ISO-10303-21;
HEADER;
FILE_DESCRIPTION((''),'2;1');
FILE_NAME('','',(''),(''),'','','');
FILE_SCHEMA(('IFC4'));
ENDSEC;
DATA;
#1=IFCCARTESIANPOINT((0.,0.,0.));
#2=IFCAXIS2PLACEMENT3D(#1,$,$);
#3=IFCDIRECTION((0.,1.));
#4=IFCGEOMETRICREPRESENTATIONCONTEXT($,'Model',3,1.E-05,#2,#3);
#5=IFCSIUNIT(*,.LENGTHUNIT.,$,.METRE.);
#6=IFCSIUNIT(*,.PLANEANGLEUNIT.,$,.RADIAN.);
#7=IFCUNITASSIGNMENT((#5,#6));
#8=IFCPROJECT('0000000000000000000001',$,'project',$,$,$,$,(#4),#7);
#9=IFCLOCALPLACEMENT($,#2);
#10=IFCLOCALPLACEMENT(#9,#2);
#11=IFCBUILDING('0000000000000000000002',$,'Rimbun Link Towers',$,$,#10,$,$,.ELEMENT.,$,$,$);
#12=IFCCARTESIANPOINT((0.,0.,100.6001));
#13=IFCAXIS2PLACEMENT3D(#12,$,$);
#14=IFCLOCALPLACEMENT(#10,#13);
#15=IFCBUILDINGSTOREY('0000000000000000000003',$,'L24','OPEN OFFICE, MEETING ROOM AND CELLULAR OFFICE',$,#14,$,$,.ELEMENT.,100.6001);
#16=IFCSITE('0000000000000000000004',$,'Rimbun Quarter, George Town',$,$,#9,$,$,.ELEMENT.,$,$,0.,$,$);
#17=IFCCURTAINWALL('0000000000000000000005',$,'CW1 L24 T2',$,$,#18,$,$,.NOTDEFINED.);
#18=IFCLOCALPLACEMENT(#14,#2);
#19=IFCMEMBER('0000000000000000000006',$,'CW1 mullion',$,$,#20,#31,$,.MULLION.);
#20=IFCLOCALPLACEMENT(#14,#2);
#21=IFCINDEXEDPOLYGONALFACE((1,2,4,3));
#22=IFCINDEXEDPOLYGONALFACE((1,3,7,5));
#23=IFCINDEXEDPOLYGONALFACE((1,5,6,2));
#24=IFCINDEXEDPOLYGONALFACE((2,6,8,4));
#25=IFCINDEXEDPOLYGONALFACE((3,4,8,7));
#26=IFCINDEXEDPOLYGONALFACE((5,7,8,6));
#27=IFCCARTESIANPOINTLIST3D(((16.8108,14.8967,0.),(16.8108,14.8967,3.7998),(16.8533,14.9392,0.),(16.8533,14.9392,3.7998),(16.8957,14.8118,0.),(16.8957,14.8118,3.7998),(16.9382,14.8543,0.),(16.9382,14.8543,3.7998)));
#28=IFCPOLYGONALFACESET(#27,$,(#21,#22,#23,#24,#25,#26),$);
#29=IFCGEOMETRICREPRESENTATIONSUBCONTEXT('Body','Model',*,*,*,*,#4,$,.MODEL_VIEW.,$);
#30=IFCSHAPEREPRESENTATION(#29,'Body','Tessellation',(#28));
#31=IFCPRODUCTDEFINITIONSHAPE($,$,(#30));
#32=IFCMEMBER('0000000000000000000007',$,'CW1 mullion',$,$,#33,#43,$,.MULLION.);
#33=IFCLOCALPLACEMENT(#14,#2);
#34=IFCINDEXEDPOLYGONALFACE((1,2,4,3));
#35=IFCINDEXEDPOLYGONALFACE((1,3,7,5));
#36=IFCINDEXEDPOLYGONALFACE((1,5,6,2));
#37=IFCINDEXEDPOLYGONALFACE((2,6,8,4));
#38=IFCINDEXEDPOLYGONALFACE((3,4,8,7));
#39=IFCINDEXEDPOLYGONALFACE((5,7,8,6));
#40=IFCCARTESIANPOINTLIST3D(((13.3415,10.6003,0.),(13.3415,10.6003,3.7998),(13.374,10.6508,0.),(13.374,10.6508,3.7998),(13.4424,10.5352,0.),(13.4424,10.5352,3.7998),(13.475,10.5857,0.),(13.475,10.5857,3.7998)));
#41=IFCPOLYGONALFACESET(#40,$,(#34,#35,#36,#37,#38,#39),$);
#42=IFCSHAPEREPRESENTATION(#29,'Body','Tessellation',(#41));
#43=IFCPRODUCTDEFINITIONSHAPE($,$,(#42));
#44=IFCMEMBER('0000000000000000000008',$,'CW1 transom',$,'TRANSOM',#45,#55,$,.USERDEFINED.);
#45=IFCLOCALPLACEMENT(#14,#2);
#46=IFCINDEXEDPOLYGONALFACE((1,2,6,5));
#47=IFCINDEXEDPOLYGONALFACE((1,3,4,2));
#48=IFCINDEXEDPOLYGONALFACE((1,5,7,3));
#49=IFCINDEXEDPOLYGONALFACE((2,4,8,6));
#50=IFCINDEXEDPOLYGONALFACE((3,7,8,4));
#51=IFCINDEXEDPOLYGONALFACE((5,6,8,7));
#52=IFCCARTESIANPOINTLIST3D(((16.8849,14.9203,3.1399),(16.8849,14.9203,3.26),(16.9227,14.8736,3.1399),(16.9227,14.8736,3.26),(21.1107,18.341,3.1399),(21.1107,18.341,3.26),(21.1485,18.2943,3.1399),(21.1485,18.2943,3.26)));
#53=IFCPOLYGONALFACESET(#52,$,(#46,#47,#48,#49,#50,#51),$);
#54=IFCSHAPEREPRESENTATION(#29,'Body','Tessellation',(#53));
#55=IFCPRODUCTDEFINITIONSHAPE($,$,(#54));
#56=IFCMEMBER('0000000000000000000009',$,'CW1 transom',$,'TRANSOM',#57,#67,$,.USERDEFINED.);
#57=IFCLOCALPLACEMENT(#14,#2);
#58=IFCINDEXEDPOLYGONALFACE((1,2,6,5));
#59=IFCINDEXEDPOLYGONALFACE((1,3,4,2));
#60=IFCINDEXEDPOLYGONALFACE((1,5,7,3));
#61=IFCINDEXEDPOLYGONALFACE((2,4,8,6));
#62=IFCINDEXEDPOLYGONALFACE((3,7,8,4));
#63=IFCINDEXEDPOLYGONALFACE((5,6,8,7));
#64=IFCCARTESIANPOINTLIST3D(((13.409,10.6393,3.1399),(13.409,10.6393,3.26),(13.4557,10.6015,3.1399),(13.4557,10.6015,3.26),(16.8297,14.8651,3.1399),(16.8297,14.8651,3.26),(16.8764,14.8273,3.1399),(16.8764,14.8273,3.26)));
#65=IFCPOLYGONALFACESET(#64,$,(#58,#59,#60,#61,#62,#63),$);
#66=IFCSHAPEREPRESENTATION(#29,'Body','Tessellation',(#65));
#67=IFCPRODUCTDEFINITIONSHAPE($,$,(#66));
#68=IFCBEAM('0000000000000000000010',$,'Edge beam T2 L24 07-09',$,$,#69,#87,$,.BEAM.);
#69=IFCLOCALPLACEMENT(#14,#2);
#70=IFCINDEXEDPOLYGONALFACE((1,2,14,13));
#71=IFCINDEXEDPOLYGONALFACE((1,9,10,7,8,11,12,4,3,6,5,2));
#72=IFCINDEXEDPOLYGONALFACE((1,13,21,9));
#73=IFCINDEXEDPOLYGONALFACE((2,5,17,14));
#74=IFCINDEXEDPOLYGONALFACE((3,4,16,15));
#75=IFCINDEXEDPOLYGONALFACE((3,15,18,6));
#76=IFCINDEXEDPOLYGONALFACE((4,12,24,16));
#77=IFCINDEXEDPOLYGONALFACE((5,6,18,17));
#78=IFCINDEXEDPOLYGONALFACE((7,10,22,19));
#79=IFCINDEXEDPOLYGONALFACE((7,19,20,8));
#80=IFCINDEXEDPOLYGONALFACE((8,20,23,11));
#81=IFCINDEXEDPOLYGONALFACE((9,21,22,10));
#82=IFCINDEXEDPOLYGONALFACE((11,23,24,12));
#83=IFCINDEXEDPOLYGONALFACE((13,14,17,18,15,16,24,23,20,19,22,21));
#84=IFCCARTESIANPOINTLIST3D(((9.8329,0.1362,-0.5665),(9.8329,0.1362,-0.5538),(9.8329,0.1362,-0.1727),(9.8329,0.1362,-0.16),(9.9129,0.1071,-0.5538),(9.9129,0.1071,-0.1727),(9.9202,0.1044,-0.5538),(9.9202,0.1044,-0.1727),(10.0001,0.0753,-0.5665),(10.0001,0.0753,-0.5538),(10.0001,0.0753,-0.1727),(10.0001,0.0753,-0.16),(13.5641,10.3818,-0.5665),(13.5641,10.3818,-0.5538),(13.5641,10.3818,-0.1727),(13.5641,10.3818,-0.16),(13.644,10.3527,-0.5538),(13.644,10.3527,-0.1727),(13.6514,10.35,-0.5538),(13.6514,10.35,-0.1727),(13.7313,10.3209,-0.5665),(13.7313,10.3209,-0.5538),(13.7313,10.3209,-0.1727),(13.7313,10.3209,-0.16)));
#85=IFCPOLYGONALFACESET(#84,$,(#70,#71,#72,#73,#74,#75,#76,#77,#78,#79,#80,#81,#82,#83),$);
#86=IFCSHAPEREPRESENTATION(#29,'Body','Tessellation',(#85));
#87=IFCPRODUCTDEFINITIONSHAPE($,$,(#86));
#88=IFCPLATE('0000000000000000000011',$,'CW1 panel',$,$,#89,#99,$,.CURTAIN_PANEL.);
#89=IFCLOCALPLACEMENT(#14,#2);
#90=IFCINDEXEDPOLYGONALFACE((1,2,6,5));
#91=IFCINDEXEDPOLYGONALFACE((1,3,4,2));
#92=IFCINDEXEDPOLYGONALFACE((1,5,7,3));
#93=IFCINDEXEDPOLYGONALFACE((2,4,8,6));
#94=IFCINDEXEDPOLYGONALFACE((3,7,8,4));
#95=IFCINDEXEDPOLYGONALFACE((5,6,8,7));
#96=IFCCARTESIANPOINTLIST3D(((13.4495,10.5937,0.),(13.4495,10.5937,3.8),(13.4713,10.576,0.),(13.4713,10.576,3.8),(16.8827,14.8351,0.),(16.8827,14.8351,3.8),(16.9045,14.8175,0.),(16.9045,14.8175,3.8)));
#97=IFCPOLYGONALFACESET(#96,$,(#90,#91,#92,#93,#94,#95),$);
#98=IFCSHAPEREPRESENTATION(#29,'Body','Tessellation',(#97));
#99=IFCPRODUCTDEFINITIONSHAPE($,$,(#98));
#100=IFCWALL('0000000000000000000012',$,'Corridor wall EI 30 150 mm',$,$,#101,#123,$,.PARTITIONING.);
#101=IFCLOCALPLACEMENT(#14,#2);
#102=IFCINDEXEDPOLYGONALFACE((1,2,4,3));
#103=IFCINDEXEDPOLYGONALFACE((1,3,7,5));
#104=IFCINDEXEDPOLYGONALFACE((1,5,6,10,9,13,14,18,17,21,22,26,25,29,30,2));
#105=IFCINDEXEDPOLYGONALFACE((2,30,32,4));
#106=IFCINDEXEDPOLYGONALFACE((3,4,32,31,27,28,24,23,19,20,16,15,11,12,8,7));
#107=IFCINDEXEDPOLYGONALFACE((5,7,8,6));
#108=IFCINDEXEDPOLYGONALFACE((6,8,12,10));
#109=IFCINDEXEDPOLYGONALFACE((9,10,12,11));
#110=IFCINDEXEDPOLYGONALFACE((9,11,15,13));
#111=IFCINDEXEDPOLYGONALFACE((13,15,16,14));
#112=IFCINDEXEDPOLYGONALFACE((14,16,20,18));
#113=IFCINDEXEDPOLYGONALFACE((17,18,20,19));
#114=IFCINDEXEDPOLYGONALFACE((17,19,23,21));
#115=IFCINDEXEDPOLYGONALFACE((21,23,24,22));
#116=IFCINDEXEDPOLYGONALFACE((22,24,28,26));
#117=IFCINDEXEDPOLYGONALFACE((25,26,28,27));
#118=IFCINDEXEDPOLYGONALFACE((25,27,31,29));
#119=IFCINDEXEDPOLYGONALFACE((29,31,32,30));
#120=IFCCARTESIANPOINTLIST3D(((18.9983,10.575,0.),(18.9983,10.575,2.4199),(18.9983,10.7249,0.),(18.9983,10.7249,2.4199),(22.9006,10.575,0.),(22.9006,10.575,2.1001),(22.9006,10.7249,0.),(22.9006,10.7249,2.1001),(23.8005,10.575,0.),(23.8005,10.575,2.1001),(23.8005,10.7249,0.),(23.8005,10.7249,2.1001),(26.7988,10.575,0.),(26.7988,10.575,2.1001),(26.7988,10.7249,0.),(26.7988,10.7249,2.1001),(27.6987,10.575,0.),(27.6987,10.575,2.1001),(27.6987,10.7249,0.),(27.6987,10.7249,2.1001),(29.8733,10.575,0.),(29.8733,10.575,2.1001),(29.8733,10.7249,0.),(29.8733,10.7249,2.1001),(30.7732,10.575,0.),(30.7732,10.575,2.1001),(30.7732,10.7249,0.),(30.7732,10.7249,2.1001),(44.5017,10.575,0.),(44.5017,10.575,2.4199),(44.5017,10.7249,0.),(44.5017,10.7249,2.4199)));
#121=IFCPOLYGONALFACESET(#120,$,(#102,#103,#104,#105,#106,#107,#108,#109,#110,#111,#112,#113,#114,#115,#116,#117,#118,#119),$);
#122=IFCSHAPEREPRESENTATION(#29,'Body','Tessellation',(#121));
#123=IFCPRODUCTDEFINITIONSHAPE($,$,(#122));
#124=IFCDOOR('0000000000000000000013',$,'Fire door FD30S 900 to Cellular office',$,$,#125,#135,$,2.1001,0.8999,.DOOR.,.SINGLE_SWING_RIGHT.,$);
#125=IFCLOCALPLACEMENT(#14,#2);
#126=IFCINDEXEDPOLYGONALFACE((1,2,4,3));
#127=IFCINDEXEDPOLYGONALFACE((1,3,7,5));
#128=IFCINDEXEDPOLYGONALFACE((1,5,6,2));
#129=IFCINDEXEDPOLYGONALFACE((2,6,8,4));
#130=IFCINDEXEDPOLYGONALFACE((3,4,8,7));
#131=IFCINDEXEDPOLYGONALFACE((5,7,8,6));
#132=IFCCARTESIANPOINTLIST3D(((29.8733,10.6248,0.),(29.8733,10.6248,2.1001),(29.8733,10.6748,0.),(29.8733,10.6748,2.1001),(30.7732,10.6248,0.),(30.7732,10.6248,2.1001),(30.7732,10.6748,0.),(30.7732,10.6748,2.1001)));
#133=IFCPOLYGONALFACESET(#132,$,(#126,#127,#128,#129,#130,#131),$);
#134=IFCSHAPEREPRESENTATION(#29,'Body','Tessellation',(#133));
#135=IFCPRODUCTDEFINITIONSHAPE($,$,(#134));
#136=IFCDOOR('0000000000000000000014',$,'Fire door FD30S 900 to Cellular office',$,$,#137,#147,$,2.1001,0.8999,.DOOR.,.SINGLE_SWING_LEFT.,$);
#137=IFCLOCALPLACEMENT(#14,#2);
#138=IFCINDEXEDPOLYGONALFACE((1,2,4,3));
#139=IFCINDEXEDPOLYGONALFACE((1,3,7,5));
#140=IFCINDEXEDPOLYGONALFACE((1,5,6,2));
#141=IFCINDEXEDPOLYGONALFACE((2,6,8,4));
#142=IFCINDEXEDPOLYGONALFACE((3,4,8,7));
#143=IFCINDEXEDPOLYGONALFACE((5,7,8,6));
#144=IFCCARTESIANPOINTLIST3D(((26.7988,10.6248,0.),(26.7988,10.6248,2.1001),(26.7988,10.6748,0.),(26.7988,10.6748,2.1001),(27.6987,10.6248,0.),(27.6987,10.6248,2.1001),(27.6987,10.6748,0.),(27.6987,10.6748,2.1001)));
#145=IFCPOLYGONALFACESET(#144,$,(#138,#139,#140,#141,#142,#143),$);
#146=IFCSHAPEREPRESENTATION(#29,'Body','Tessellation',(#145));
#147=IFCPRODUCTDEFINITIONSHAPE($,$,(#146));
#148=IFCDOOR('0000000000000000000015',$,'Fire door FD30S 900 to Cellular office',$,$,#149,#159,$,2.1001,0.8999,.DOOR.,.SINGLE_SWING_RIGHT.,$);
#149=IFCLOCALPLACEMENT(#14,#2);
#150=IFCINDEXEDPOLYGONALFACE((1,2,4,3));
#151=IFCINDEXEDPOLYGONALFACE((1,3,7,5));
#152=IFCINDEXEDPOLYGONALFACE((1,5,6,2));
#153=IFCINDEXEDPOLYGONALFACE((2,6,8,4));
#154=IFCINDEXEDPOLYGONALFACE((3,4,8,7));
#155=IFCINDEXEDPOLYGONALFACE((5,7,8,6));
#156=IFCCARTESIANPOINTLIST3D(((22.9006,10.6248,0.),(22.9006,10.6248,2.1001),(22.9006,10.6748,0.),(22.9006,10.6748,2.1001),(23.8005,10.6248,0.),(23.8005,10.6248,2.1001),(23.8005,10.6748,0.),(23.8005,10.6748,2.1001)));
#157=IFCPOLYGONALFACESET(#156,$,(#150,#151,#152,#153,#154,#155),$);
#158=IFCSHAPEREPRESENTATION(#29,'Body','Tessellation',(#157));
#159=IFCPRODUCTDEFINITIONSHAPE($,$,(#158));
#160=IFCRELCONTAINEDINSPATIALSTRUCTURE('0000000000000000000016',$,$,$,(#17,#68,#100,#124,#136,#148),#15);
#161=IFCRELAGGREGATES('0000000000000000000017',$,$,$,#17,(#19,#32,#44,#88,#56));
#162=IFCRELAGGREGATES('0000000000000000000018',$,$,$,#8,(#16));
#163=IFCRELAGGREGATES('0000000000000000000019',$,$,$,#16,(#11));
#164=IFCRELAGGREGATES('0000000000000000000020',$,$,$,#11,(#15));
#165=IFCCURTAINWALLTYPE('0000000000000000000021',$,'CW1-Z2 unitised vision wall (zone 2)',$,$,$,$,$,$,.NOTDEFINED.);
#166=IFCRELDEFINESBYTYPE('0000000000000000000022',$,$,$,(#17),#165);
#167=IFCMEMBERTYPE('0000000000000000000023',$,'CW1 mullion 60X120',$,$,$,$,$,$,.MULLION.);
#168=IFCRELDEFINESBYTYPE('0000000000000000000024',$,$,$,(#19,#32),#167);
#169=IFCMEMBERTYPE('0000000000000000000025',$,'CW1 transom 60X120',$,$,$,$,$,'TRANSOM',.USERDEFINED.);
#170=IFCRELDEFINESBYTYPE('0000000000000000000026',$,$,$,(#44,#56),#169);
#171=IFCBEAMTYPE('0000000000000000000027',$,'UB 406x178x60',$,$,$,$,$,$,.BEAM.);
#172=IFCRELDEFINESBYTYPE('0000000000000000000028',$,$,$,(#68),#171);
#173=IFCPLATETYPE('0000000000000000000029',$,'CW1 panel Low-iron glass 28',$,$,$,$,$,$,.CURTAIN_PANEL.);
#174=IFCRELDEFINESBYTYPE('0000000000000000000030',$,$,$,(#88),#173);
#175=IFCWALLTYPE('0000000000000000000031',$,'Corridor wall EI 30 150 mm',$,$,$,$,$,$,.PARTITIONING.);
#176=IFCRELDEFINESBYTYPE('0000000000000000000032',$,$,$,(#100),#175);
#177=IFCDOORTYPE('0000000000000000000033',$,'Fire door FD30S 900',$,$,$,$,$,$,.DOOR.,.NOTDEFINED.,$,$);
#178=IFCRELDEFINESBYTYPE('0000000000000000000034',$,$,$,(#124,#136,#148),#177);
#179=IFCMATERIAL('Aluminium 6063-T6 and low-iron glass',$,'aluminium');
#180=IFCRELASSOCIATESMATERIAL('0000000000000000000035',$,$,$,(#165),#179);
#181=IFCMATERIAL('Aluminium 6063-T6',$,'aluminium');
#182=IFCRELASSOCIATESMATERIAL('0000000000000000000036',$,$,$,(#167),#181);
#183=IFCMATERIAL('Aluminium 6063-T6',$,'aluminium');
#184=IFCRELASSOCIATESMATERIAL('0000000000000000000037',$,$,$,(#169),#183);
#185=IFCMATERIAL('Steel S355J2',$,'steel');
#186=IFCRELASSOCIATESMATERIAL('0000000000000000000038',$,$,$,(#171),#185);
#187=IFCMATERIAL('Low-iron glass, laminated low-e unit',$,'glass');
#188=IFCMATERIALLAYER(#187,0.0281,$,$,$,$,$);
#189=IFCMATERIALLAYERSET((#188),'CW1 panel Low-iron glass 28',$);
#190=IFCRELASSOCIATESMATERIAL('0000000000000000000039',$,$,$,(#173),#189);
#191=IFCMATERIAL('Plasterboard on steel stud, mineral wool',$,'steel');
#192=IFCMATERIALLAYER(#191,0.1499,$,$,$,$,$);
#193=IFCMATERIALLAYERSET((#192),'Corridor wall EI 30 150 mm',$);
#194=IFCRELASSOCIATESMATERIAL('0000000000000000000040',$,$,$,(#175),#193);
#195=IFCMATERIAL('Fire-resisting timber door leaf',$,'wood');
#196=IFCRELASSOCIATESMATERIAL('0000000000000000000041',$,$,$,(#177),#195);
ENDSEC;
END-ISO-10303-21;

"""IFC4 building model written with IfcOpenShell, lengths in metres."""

from ifc_helpers import new_model, si_unit, direction, frame, frame_2d, origin, origin_2d, place, context, subcontext, project, spatial, rectangle, i_section, extrude, material, layer, layer_set, material_profile, profile_set, type_object, element, fill, aggregate, save


model = new_model("IFC4")

# Units and contexts
model_context = context("Model", 3, precision=1e-05, world=origin(), true_north=direction((0.0, 1.0)))
body_context = subcontext(model_context, "Body", "Model", "MODEL_VIEW")
ifc_project = project(units=[si_unit("LENGTHUNIT", "METRE"), si_unit("PLANEANGLEUNIT", "RADIAN")], contexts=[model_context])

# Site, building, storey
site_placement = place(None, origin())
site = spatial("IfcSite", under=ifc_project, at=site_placement, Name="Rimbun Quarter, George Town", CompositionType="ELEMENT", RefElevation=0.0)
building_placement = place(site_placement, origin())
building = spatial("IfcBuilding", under=site, at=building_placement, Name="Rimbun Link Towers", CompositionType="ELEMENT")
storey_placement = place(building_placement, frame((0.0, 0.0, 100.6001)))
storey = spatial("IfcBuildingStorey", under=building, at=storey_placement, Name="L24", Description="OPEN OFFICE, MEETING ROOM AND CELLULAR OFFICE", CompositionType="ELEMENT", Elevation=100.6001)

# Curtain wall, members
ifc_material_1 = material(Name="Aluminium 6063-T6 and low-iron glass", Category="aluminium")
curtain_wall_type = type_object("IfcCurtainWallType", Name="CW1-Z2 unitised vision wall (zone 2)", PredefinedType="NOTDEFINED", material=ifc_material_1)
curtain_wall_placement = place(storey_placement, origin())
curtain_wall = element("IfcCurtainWall", 1, at=curtain_wall_placement, inside=storey, type_object=curtain_wall_type, Name="CW1 L24 T2", PredefinedType="NOTDEFINED")
ifc_material_2 = material(Name="Aluminium 6063-T6", Category="aluminium")
ifc_material_profile_1 = material_profile(ifc_material_2, rectangle(XDim=0.1201, YDim=0.0601, at=origin_2d()), Name="MULLION 60X120")
ifc_profile_set_1 = profile_set([ifc_material_profile_1], Name="Aluminium 6063-T6")
member_type_1 = type_object("IfcMemberType", Name="CW1 mullion 60X120", PredefinedType="MULLION", material=ifc_profile_set_1)
member_1_placement = place(storey_placement, frame((16.8745, 14.8755, 0.0), z_axis=(0.0, 0.0, 1.0), x_axis=(-0.707107, 0.707107, 0.0)))
member_1 = element("IfcMember", 2, at=member_1_placement, type_object=member_type_1, Name="CW1 mullion", PredefinedType="MULLION", context=body_context, shape_type="SweptSolid", body=[
    extrude(rectangle(XDim=0.1201, YDim=0.0601, at=origin_2d()), origin(), (0.0, 0.0, 1.0), 3.7998),
])
member_2_placement = place(storey_placement, frame((13.4082, 10.593, 0.0), z_axis=(0.0, 0.0, 1.0), x_axis=(-0.840314, 0.5421, 0.0)))
member_2 = element("IfcMember", 3, at=member_2_placement, type_object=member_type_1, Name="CW1 mullion", PredefinedType="MULLION", context=body_context, shape_type="SweptSolid", body=[
    extrude(rectangle(XDim=0.1201, YDim=0.0601, at=origin_2d()), origin(), (0.0, 0.0, 1.0), 3.7998),
])
ifc_material_3 = material(Name="Aluminium 6063-T6", Category="aluminium")
ifc_material_profile_2 = material_profile(ifc_material_3, rectangle(XDim=0.0601, YDim=0.1201, at=origin_2d()), Name="TRANSOM 60X120")
ifc_profile_set_2 = profile_set([ifc_material_profile_2], Name="Aluminium 6063-T6")
member_type_2 = type_object("IfcMemberType", Name="CW1 transom 60X120", ElementType="TRANSOM", PredefinedType="USERDEFINED", material=ifc_profile_set_2)
member_3_placement = place(storey_placement, frame((16.9038, 14.897, 3.2), z_axis=(0.777268, 0.62917, 0.0), x_axis=(-0.62917, 0.777268, 0.0)))
member_3 = element("IfcMember", 4, at=member_3_placement, type_object=member_type_2, Name="CW1 transom", ObjectType="TRANSOM", PredefinedType="USERDEFINED", context=body_context, shape_type="SweptSolid", body=[
    extrude(rectangle(XDim=0.0601, YDim=0.1201, at=origin_2d()), origin(), (0.0, 0.0, 1.0), 5.4368),
])
member_4_placement = place(storey_placement, frame((13.4324, 10.6204, 3.2), z_axis=(0.62917, 0.777268, 0.0), x_axis=(-0.777268, 0.62917, 0.0)))
member_4 = element("IfcMember", 5, at=member_4_placement, type_object=member_type_2, Name="CW1 transom", ObjectType="TRANSOM", PredefinedType="USERDEFINED", context=body_context, shape_type="SweptSolid", body=[
    extrude(rectangle(XDim=0.0601, YDim=0.1201, at=origin_2d()), origin(), (0.0, 0.0, 1.0), 5.4368),
])

# Beam
ifc_material_4 = material(Name="Steel S355J2", Category="steel")
ifc_material_profile_3 = material_profile(ifc_material_4, i_section(OverallWidth=0.178, OverallDepth=0.4065, WebThickness=0.0078, FlangeThickness=0.0127, at=origin_2d()), Name="UB 406x178x60")
ifc_profile_set_3 = profile_set([ifc_material_profile_3], Name="Steel S355J2")
beam_type = type_object("IfcBeamType", Name="UB 406x178x60", PredefinedType="BEAM", material=ifc_profile_set_3)
beam_placement = place(storey_placement, frame((13.6477, 10.3513, -0.3633), z_axis=(-0.342191, -0.939631, 0.0), x_axis=(0.939631, -0.342191, 0.0)))
element("IfcBeam", 6, at=beam_placement, inside=storey, type_object=beam_type, Name="Edge beam T2 L24 07-09", PredefinedType="BEAM", context=body_context, shape_type="SweptSolid", body=[
    extrude(i_section(OverallWidth=0.178, OverallDepth=0.4065, WebThickness=0.0078, FlangeThickness=0.0127, at=origin_2d()), origin(), (0.0, 0.0, 1.0), 10.9038),
])

# Plate
ifc_material_5 = material(Name="Low-iron glass, laminated low-e unit", Category="glass")
ifc_layer_1 = layer(ifc_material_5, 0.0281)
ifc_layer_set_1 = layer_set([ifc_layer_1], Name="CW1 panel Low-iron glass 28")
plate_type = type_object("IfcPlateType", Name="CW1 panel Low-iron glass 28", PredefinedType="CURTAIN_PANEL", material=ifc_layer_set_1)
plate_placement = place(storey_placement, frame((15.177, 12.7056, 0.0), z_axis=(0.0, 0.0, 1.0), x_axis=(0.629155, 0.77728, 0.0)))
plate = element("IfcPlate", 7, at=plate_placement, type_object=plate_type, Name="CW1 panel", PredefinedType="CURTAIN_PANEL", context=body_context, shape_type="SweptSolid", body=[
    extrude(rectangle(XDim=5.4568, YDim=0.0281, at=origin_2d()), origin(), (0.0, 0.0, 1.0), 3.8),
])
aggregate(curtain_wall, [member_1, member_2, member_3, plate, member_4])

# Wall, openings, doors
ifc_material_6 = material(Name="Plasterboard on steel stud, mineral wool", Category="steel")
ifc_layer_2 = layer(ifc_material_6, 0.1499)
ifc_layer_set_2 = layer_set([ifc_layer_2], Name="Corridor wall EI 30 150 mm")
wall_type_1 = type_object("IfcWallType", Name="Corridor wall EI 30 150 mm", PredefinedType="PARTITIONING", material=ifc_layer_set_2)
wall_1_placement = place(storey_placement, frame((18.9983, 10.6499, 0.0), z_axis=(0.0, 0.0, 1.0), x_axis=(1.0, 0.0, 0.0)))
wall_1 = element("IfcWall", 8, at=wall_1_placement, inside=storey, type_object=wall_type_1, Name="Corridor wall EI 30 150 mm", PredefinedType="PARTITIONING", context=body_context, shape_type="SweptSolid", body=[
    extrude(rectangle(XDim=25.5034, YDim=0.1499, at=frame_2d((12.7517, 0.0))), origin(), (0.0, 0.0, 1.0), 2.4199),
])
opening_1_placement = place(wall_1_placement, frame((10.875, 0.0, 0.0)))
opening_1 = element("IfcOpeningElement", 9, at=opening_1_placement, cuts=wall_1, PredefinedType="OPENING", context=body_context, shape_type="SweptSolid", body=[
    extrude(rectangle(XDim=0.8999, YDim=2.1001, at=frame_2d((0.45, 1.05))), frame((0.0, 0.085, 0.0), z_axis=(0.0, -1.0, 0.0), x_axis=(1.0, 0.0, 0.0)), (0.0, 0.0, 1.0), 0.1699),
])
opening_2_placement = place(wall_1_placement, frame((7.8005, 0.0, 0.0)))
opening_2 = element("IfcOpeningElement", 10, at=opening_2_placement, cuts=wall_1, PredefinedType="OPENING", context=body_context, shape_type="SweptSolid", body=[
    extrude(rectangle(XDim=0.8999, YDim=2.1001, at=frame_2d((0.45, 1.05))), frame((0.0, 0.085, 0.0), z_axis=(0.0, -1.0, 0.0), x_axis=(1.0, 0.0, 0.0)), (0.0, 0.0, 1.0), 0.1699),
])
opening_3_placement = place(wall_1_placement, frame((3.9023, 0.0, 0.0)))
opening_3 = element("IfcOpeningElement", 11, at=opening_3_placement, cuts=wall_1, PredefinedType="OPENING", context=body_context, shape_type="SweptSolid", body=[
    extrude(rectangle(XDim=0.8999, YDim=2.1001, at=frame_2d((0.45, 1.05))), frame((0.0, 0.085, 0.0), z_axis=(0.0, -1.0, 0.0), x_axis=(1.0, 0.0, 0.0)), (0.0, 0.0, 1.0), 0.1699),
])
ifc_material_7 = material(Name="Fire-resisting timber door leaf", Category="wood")
door_type_1 = type_object("IfcDoorType", Name="Fire door FD30S 900", OperationType="NOTDEFINED", PredefinedType="DOOR", material=ifc_material_7)
door_1_placement = place(opening_1_placement, origin())
door_1 = element("IfcDoor", 12, at=door_1_placement, inside=storey, type_object=door_type_1, Name="Fire door FD30S 900 to Cellular office", OperationType="SINGLE_SWING_RIGHT", OverallHeight=2.1001, OverallWidth=0.8999, PredefinedType="DOOR", context=body_context, shape_type="SweptSolid", body=[
    extrude(rectangle(XDim=0.8999, YDim=2.1001, at=frame_2d((0.45, 1.05))), frame((0.0, 0.0249, 0.0), z_axis=(0.0, -1.0, 0.0), x_axis=(1.0, 0.0, 0.0)), (0.0, 0.0, 1.0), 0.05),
])
fill(opening_1, door_1)
door_2_placement = place(opening_2_placement, origin())
door_2 = element("IfcDoor", 13, at=door_2_placement, inside=storey, type_object=door_type_1, Name="Fire door FD30S 900 to Cellular office", OperationType="SINGLE_SWING_LEFT", OverallHeight=2.1001, OverallWidth=0.8999, PredefinedType="DOOR", context=body_context, shape_type="SweptSolid", body=[
    extrude(rectangle(XDim=0.8999, YDim=2.1001, at=frame_2d((0.45, 1.05))), frame((0.0, 0.0249, 0.0), z_axis=(0.0, -1.0, 0.0), x_axis=(1.0, 0.0, 0.0)), (0.0, 0.0, 1.0), 0.05),
])
fill(opening_2, door_2)
door_3_placement = place(opening_3_placement, origin())
door_3 = element("IfcDoor", 14, at=door_3_placement, inside=storey, type_object=door_type_1, Name="Fire door FD30S 900 to Cellular office", OperationType="SINGLE_SWING_RIGHT", OverallHeight=2.1001, OverallWidth=0.8999, PredefinedType="DOOR", context=body_context, shape_type="SweptSolid", body=[
    extrude(rectangle(XDim=0.8999, YDim=2.1001, at=frame_2d((0.45, 1.05))), frame((0.0, 0.0249, 0.0), z_axis=(0.0, -1.0, 0.0), x_axis=(1.0, 0.0, 0.0)), (0.0, 0.0, 1.0), 0.05),
])
fill(opening_3, door_3)

save(model, "model.ifc")
